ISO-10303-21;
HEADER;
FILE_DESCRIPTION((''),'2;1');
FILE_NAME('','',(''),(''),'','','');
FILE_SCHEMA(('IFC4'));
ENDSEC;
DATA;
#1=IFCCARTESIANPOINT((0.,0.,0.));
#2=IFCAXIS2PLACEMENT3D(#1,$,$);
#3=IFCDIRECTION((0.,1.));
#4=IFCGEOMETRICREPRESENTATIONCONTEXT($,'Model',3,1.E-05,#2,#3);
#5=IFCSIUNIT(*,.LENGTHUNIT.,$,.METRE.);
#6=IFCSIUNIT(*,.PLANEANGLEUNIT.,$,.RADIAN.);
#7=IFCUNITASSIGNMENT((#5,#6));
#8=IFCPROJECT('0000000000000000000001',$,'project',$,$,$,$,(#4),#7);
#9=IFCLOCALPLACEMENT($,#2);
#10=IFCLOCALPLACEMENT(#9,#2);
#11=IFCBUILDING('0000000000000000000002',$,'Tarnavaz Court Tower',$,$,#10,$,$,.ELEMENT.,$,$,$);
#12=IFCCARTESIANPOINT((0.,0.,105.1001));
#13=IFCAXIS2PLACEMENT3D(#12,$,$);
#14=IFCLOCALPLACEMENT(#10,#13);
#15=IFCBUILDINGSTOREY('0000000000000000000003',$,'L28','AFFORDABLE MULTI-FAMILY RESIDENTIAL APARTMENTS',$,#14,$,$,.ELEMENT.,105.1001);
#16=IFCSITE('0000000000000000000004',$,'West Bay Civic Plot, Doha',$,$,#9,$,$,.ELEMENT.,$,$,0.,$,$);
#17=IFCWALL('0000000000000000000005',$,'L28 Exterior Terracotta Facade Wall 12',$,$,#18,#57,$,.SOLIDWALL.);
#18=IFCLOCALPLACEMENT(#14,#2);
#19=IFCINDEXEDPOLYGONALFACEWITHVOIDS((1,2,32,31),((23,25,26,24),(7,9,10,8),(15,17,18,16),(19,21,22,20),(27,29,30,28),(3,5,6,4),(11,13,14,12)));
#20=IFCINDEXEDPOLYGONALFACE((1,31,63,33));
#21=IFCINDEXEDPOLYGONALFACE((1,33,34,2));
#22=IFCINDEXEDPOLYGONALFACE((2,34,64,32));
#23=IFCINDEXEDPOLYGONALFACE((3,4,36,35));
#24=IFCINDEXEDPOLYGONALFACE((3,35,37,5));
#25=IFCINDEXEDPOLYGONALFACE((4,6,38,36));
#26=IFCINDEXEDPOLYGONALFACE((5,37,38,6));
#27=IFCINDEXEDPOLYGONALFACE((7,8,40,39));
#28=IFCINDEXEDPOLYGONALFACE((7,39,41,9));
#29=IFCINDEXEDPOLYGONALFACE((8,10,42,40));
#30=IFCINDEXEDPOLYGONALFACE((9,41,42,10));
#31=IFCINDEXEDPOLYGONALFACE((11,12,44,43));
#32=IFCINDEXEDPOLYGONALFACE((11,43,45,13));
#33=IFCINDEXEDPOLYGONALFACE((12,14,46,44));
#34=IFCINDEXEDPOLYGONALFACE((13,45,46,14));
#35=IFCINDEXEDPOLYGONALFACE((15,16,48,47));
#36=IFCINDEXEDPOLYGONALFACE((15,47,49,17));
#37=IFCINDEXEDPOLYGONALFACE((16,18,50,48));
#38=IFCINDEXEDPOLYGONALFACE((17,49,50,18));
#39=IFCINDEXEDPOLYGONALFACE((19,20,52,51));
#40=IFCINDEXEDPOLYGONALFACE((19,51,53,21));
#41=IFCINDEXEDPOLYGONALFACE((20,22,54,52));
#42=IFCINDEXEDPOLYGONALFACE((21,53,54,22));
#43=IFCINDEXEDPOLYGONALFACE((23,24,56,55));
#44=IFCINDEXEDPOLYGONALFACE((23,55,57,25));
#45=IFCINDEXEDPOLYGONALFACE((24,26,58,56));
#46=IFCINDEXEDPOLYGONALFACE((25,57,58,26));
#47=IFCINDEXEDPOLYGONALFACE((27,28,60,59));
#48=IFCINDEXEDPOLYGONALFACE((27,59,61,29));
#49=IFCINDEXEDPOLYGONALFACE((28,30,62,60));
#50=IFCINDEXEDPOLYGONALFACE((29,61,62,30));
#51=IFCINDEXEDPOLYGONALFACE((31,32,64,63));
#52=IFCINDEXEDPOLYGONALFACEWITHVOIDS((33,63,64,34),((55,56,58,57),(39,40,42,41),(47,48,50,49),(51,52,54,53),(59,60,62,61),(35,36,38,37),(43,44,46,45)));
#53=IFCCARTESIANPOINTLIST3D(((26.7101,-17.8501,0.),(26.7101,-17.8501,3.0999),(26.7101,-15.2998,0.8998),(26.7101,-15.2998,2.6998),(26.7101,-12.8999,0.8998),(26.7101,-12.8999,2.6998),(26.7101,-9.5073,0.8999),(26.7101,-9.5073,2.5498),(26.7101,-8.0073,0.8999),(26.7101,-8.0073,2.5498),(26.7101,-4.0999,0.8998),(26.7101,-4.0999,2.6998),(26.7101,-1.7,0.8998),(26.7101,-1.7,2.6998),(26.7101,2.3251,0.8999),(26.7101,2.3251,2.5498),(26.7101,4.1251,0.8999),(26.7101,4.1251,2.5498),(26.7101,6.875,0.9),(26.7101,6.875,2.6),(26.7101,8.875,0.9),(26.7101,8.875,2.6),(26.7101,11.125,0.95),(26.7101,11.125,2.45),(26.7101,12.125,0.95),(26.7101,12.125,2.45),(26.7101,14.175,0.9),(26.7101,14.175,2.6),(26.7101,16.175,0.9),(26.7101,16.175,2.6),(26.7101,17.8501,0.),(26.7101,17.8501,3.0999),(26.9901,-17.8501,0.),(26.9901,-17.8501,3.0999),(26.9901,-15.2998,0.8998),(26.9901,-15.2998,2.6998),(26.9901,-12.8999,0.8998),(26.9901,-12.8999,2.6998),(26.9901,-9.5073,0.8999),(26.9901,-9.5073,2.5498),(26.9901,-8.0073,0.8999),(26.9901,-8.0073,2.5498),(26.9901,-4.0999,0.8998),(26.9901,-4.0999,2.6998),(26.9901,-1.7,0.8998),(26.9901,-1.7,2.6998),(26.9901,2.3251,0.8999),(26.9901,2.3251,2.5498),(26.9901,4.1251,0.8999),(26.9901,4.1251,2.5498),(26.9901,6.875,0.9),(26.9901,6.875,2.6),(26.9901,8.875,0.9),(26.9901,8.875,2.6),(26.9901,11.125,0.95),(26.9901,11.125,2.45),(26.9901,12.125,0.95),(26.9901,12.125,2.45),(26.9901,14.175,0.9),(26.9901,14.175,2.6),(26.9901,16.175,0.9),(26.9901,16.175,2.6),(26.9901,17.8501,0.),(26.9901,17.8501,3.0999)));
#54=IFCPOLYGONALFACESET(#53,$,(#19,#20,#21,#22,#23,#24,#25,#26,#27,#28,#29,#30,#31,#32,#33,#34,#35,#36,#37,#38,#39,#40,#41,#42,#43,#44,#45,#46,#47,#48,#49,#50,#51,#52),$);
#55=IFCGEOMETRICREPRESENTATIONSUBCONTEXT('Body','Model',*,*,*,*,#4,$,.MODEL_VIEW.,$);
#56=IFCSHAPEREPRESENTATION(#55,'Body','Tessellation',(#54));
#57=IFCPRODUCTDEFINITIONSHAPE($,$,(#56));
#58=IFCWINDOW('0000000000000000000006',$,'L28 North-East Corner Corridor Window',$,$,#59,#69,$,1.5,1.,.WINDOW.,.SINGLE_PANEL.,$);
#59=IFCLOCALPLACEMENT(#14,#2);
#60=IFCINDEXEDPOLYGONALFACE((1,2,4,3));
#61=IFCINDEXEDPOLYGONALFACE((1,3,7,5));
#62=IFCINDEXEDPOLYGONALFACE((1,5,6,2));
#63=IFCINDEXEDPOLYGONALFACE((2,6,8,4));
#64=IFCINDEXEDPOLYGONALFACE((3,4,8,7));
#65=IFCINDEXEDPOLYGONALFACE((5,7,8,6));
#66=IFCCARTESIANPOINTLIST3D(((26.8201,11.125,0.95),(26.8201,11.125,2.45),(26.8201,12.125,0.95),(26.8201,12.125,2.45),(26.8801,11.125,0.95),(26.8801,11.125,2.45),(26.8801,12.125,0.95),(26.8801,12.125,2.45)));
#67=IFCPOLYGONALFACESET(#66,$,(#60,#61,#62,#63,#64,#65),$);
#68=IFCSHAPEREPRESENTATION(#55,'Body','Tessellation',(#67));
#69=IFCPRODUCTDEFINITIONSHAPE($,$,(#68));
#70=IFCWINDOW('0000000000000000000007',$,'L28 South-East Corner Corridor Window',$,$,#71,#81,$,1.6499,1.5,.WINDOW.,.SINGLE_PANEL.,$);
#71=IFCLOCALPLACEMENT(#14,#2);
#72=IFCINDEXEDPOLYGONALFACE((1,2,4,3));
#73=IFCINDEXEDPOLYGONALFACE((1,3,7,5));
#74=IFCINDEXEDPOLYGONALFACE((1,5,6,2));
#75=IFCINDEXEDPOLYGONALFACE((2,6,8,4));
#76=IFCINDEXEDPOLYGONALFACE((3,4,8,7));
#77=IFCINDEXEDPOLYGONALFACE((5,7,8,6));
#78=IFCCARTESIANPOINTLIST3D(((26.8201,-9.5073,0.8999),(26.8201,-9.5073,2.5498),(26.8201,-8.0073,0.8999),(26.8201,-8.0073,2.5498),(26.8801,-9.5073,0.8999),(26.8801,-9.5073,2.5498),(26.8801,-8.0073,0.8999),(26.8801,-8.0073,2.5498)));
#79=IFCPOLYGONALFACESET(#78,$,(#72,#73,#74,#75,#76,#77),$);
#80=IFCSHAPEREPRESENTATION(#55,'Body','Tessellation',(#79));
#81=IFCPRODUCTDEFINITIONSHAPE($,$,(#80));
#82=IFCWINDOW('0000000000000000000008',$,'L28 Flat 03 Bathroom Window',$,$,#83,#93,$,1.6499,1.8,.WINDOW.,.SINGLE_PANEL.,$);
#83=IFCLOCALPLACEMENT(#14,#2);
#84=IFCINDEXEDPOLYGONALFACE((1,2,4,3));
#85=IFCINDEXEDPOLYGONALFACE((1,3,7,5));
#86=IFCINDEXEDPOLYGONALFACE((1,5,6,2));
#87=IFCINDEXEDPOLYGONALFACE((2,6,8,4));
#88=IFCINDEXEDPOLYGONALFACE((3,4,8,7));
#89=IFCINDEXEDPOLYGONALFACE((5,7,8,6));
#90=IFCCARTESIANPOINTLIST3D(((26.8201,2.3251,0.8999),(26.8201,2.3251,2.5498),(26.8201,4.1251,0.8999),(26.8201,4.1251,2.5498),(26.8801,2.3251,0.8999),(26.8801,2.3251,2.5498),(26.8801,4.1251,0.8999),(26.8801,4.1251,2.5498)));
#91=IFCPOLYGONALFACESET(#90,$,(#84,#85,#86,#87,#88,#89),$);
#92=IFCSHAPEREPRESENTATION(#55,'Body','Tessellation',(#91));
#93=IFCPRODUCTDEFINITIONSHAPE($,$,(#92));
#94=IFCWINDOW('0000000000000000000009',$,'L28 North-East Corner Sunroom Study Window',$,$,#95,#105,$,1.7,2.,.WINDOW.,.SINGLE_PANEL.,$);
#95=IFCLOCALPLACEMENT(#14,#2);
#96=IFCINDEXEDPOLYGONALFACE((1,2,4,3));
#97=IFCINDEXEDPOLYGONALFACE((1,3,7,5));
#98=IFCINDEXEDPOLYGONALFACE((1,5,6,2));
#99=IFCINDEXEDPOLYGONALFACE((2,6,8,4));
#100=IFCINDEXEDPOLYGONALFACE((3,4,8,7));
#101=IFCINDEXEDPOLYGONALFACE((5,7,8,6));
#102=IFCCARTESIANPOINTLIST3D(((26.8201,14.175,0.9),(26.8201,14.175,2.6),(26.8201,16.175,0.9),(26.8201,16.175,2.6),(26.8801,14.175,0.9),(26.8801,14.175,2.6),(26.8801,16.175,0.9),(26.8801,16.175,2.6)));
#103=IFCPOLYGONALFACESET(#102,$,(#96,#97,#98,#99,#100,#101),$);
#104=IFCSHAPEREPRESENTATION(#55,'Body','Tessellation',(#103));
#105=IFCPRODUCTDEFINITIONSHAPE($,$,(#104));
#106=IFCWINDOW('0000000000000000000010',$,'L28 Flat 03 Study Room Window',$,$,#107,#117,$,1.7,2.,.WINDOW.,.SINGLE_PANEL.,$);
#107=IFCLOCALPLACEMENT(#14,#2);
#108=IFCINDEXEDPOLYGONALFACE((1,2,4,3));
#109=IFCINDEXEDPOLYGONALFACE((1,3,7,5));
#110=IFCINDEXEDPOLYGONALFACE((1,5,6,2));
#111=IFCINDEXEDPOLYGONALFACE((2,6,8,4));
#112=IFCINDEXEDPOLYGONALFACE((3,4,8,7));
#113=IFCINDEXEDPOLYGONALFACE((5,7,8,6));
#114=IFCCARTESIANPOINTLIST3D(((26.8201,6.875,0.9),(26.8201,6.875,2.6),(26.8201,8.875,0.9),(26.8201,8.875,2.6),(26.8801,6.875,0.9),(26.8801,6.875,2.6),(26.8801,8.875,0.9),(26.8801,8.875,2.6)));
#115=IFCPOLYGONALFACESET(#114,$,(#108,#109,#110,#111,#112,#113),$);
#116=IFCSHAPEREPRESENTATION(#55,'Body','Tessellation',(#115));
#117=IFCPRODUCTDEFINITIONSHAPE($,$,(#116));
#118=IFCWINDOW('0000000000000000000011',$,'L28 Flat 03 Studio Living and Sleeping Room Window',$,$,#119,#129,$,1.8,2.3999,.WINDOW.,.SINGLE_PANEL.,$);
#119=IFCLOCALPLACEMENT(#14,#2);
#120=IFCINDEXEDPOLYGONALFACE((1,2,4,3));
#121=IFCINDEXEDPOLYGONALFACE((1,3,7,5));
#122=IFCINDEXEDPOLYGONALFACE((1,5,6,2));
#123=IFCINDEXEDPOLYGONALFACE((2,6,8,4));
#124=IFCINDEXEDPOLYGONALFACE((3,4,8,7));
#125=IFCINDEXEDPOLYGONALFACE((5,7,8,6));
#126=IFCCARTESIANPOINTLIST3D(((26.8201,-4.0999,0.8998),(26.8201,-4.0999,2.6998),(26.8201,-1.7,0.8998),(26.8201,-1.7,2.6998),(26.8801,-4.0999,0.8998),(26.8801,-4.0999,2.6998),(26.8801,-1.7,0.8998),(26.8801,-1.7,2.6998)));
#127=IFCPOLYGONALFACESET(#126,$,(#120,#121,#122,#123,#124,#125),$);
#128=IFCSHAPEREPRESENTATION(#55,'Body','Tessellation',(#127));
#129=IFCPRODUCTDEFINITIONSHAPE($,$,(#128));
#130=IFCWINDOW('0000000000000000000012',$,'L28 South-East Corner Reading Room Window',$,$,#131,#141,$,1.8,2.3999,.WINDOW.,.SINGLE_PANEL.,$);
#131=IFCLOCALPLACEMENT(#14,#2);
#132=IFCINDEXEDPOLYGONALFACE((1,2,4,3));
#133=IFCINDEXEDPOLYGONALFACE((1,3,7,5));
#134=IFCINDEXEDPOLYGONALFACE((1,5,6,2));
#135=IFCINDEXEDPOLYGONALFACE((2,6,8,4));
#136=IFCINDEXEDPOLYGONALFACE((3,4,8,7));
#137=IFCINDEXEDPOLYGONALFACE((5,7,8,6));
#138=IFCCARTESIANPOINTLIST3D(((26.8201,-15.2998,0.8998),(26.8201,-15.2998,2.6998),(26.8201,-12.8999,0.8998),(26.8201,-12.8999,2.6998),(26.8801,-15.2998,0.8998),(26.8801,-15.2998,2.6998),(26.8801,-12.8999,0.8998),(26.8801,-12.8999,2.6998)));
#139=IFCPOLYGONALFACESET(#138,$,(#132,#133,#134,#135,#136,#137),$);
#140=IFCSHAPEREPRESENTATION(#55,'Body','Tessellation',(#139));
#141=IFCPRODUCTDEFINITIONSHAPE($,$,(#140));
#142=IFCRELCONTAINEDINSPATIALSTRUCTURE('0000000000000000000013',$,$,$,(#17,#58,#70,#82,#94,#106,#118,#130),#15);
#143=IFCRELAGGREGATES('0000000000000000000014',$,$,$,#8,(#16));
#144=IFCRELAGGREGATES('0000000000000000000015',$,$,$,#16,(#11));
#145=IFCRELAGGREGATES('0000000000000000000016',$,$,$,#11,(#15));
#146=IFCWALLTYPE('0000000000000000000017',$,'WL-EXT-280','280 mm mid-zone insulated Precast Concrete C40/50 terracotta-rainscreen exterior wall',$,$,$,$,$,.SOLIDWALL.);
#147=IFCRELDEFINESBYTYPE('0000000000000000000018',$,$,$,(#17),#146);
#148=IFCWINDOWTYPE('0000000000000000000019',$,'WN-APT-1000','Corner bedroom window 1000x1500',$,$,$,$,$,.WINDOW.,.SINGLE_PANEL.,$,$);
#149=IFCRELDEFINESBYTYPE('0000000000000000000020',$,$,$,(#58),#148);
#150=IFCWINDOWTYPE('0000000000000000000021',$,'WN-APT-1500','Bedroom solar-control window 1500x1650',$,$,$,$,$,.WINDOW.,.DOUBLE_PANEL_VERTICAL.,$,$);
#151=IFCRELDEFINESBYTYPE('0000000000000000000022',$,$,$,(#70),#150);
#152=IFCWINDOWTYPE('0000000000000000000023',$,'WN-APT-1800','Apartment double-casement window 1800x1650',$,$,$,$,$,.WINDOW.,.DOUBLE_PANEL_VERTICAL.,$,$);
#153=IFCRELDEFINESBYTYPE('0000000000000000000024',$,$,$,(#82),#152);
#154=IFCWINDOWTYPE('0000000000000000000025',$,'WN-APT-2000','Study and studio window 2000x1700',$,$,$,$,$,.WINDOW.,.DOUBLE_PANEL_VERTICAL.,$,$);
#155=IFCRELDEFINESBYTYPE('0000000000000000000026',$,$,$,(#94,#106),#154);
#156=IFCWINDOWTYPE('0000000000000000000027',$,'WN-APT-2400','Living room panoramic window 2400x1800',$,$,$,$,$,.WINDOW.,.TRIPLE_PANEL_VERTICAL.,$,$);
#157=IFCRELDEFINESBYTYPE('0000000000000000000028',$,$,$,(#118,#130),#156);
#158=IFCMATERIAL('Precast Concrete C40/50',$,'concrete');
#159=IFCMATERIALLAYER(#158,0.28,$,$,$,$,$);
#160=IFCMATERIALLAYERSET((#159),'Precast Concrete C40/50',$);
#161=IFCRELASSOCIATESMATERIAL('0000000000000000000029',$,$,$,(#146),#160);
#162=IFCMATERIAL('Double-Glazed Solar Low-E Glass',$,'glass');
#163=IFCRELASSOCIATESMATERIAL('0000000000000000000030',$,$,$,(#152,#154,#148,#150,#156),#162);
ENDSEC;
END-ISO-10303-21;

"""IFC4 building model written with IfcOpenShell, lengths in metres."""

from ifc_helpers import new_model, si_unit, direction, frame, frame_2d, origin, place, context, subcontext, project, spatial, rectangle, extrude, material, layer, layer_set, type_object, element, fill, save


model = new_model("IFC4")

# Units and contexts
model_context = context("Model", 3, precision=1e-05, world=origin(), true_north=direction((0.0, 1.0)))
body_context = subcontext(model_context, "Body", "Model", "MODEL_VIEW")
ifc_project = project(units=[si_unit("LENGTHUNIT", "METRE"), si_unit("PLANEANGLEUNIT", "RADIAN")], contexts=[model_context])

# Site, building, storey
site_placement = place(None, origin())
site = spatial("IfcSite", under=ifc_project, at=site_placement, Name="West Bay Civic Plot, Doha", CompositionType="ELEMENT", RefElevation=0.0)
building_placement = place(site_placement, origin())
building = spatial("IfcBuilding", under=site, at=building_placement, Name="Tarnavaz Court Tower", CompositionType="ELEMENT")
storey_placement = place(building_placement, frame((0.0, 0.0, 105.1001)))
storey = spatial("IfcBuildingStorey", under=building, at=storey_placement, Name="L28", Description="AFFORDABLE MULTI-FAMILY RESIDENTIAL APARTMENTS", CompositionType="ELEMENT", Elevation=105.1001)

# Shared definitions
ifc_material_1 = material(Name="Precast Concrete C40/50", Category="concrete")
ifc_layer_1 = layer(ifc_material_1, 0.28)
ifc_layer_set_1 = layer_set([ifc_layer_1], Name="Precast Concrete C40/50")
wall_type_1 = type_object("IfcWallType", Name="WL-EXT-280", Description="280 mm mid-zone insulated Precast Concrete C40/50 terracotta-rainscreen exterior wall", PredefinedType="SOLIDWALL", material=ifc_layer_set_1)
ifc_material_2 = material(Name="Double-Glazed Solar Low-E Glass", Category="glass")
window_type_1 = type_object("IfcWindowType", Name="WN-APT-1800", Description="Apartment double-casement window 1800x1650", PartitioningType="DOUBLE_PANEL_VERTICAL", PredefinedType="WINDOW", material=ifc_material_2)
window_type_2 = type_object("IfcWindowType", Name="WN-APT-2000", Description="Study and studio window 2000x1700", PartitioningType="DOUBLE_PANEL_VERTICAL", PredefinedType="WINDOW", material=ifc_material_2)

# Wall, openings, windows
wall_1_placement = place(storey_placement, frame((26.8501, 17.8501, 0.0), z_axis=(0.0, 0.0, 1.0), x_axis=(0.0, -1.0, 0.0)))
wall_1 = element("IfcWall", 1, at=wall_1_placement, inside=storey, type_object=wall_type_1, Name="L28 Exterior Terracotta Facade Wall 12", PredefinedType="SOLIDWALL", context=body_context, shape_type="SweptSolid", body=[
    extrude(rectangle(XDim=35.7002, YDim=0.28, at=frame_2d((17.8501, 0.0))), origin(), (0.0, 0.0, 1.0), 3.0999),
])
opening_1_placement = place(wall_1_placement, frame((1.675, 0.0, 0.8999)))
opening_1 = element("IfcOpeningElement", 2, at=opening_1_placement, cuts=wall_1, PredefinedType="OPENING", context=body_context, shape_type="SweptSolid", body=[
    extrude(rectangle(XDim=2.0, YDim=1.7, at=frame_2d((1.0, 0.8501))), frame((0.0, 0.1499, 0.0), z_axis=(0.0, -1.0, 0.0), x_axis=(1.0, 0.0, 0.0)), (0.0, 0.0, 1.0), 0.3),
])
opening_2_placement = place(wall_1_placement, frame((5.7251, 0.0, 0.95)))
opening_2 = element("IfcOpeningElement", 3, at=opening_2_placement, cuts=wall_1, PredefinedType="OPENING", context=body_context, shape_type="SweptSolid", body=[
    extrude(rectangle(XDim=1.0, YDim=1.5, at=frame_2d((0.5, 0.75))), frame((0.0, 0.1499, 0.0), z_axis=(0.0, -1.0, 0.0), x_axis=(1.0, 0.0, 0.0)), (0.0, 0.0, 1.0), 0.3),
])
opening_3_placement = place(wall_1_placement, frame((8.9751, 0.0, 0.8999)))
opening_3 = element("IfcOpeningElement", 4, at=opening_3_placement, cuts=wall_1, PredefinedType="OPENING", context=body_context, shape_type="SweptSolid", body=[
    extrude(rectangle(XDim=2.0, YDim=1.7, at=frame_2d((1.0, 0.8501))), frame((0.0, 0.1499, 0.0), z_axis=(0.0, -1.0, 0.0), x_axis=(1.0, 0.0, 0.0)), (0.0, 0.0, 1.0), 0.3),
])
opening_4_placement = place(wall_1_placement, frame((13.7251, 0.0, 0.8999)))
opening_4 = element("IfcOpeningElement", 5, at=opening_4_placement, cuts=wall_1, PredefinedType="OPENING", context=body_context, shape_type="SweptSolid", body=[
    extrude(rectangle(XDim=1.8, YDim=1.6499, at=frame_2d((0.8999, 0.825))), frame((0.0, 0.1499, 0.0), z_axis=(0.0, -1.0, 0.0), x_axis=(1.0, 0.0, 0.0)), (0.0, 0.0, 1.0), 0.3),
])
opening_5_placement = place(wall_1_placement, frame((19.55, 0.0, 0.8999)))
opening_5 = element("IfcOpeningElement", 6, at=opening_5_placement, cuts=wall_1, PredefinedType="OPENING", context=body_context, shape_type="SweptSolid", body=[
    extrude(rectangle(XDim=2.3999, YDim=1.8, at=frame_2d((1.2, 0.8999))), frame((0.0, 0.1499, 0.0), z_axis=(0.0, -1.0, 0.0), x_axis=(1.0, 0.0, 0.0)), (0.0, 0.0, 1.0), 0.3),
])
opening_6_placement = place(wall_1_placement, frame((25.8574, 0.0, 0.8999)))
opening_6 = element("IfcOpeningElement", 7, at=opening_6_placement, cuts=wall_1, PredefinedType="OPENING", context=body_context, shape_type="SweptSolid", body=[
    extrude(rectangle(XDim=1.5, YDim=1.6499, at=frame_2d((0.75, 0.825))), frame((0.0, 0.1499, 0.0), z_axis=(0.0, -1.0, 0.0), x_axis=(1.0, 0.0, 0.0)), (0.0, 0.0, 1.0), 0.3),
])
opening_7_placement = place(wall_1_placement, frame((30.75, 0.0, 0.8999)))
opening_7 = element("IfcOpeningElement", 8, at=opening_7_placement, cuts=wall_1, PredefinedType="OPENING", context=body_context, shape_type="SweptSolid", body=[
    extrude(rectangle(XDim=2.3999, YDim=1.8, at=frame_2d((1.2, 0.8999))), frame((0.0, 0.1499, 0.0), z_axis=(0.0, -1.0, 0.0), x_axis=(1.0, 0.0, 0.0)), (0.0, 0.0, 1.0), 0.3),
])
window_type_3 = type_object("IfcWindowType", Name="WN-APT-1000", Description="Corner bedroom window 1000x1500", PartitioningType="SINGLE_PANEL", PredefinedType="WINDOW", material=ifc_material_2)
window_1_placement = place(opening_2_placement, origin())
window_1 = element("IfcWindow", 9, at=window_1_placement, inside=storey, type_object=window_type_3, Name="L28 North-East Corner Corridor Window", OverallHeight=1.5, OverallWidth=1.0, PartitioningType="SINGLE_PANEL", PredefinedType="WINDOW", context=body_context, shape_type="SweptSolid", body=[
    extrude(rectangle(XDim=1.0, YDim=1.5, at=frame_2d((0.5, 0.75))), frame((0.0, 0.03, 0.0), z_axis=(0.0, -1.0, 0.0), x_axis=(1.0, 0.0, 0.0)), (0.0, 0.0, 1.0), 0.0601),
])
fill(opening_2, window_1)
window_type_4 = type_object("IfcWindowType", Name="WN-APT-1500", Description="Bedroom solar-control window 1500x1650", PartitioningType="DOUBLE_PANEL_VERTICAL", PredefinedType="WINDOW", material=ifc_material_2)
window_2_placement = place(opening_6_placement, origin())
window_2 = element("IfcWindow", 10, at=window_2_placement, inside=storey, type_object=window_type_4, Name="L28 South-East Corner Corridor Window", OverallHeight=1.6499, OverallWidth=1.5, PartitioningType="SINGLE_PANEL", PredefinedType="WINDOW", context=body_context, shape_type="SweptSolid", body=[
    extrude(rectangle(XDim=1.5, YDim=1.6499, at=frame_2d((0.75, 0.825))), frame((0.0, 0.03, 0.0), z_axis=(0.0, -1.0, 0.0), x_axis=(1.0, 0.0, 0.0)), (0.0, 0.0, 1.0), 0.0601),
])
fill(opening_6, window_2)
window_3_placement = place(opening_4_placement, origin())
window_3 = element("IfcWindow", 11, at=window_3_placement, inside=storey, type_object=window_type_1, Name="L28 Flat 03 Bathroom Window", OverallHeight=1.6499, OverallWidth=1.8, PartitioningType="SINGLE_PANEL", PredefinedType="WINDOW", context=body_context, shape_type="SweptSolid", body=[
    extrude(rectangle(XDim=1.8, YDim=1.6499, at=frame_2d((0.8999, 0.825))), frame((0.0, 0.03, 0.0), z_axis=(0.0, -1.0, 0.0), x_axis=(1.0, 0.0, 0.0)), (0.0, 0.0, 1.0), 0.0601),
])
fill(opening_4, window_3)
window_4_placement = place(opening_1_placement, origin())
window_4 = element("IfcWindow", 12, at=window_4_placement, inside=storey, type_object=window_type_2, Name="L28 North-East Corner Sunroom Study Window", OverallHeight=1.7, OverallWidth=2.0, PartitioningType="SINGLE_PANEL", PredefinedType="WINDOW", context=body_context, shape_type="SweptSolid", body=[
    extrude(rectangle(XDim=2.0, YDim=1.7, at=frame_2d((1.0, 0.8501))), frame((0.0, 0.03, 0.0), z_axis=(0.0, -1.0, 0.0), x_axis=(1.0, 0.0, 0.0)), (0.0, 0.0, 1.0), 0.0601),
])
fill(opening_1, window_4)
window_5_placement = place(opening_3_placement, origin())
window_5 = element("IfcWindow", 13, at=window_5_placement, inside=storey, type_object=window_type_2, Name="L28 Flat 03 Study Room Window", OverallHeight=1.7, OverallWidth=2.0, PartitioningType="SINGLE_PANEL", PredefinedType="WINDOW", context=body_context, shape_type="SweptSolid", body=[
    extrude(rectangle(XDim=2.0, YDim=1.7, at=frame_2d((1.0, 0.8501))), frame((0.0, 0.03, 0.0), z_axis=(0.0, -1.0, 0.0), x_axis=(1.0, 0.0, 0.0)), (0.0, 0.0, 1.0), 0.0601),
])
fill(opening_3, window_5)
window_type_5 = type_object("IfcWindowType", Name="WN-APT-2400", Description="Living room panoramic window 2400x1800", PartitioningType="TRIPLE_PANEL_VERTICAL", PredefinedType="WINDOW", material=ifc_material_2)
window_6_placement = place(opening_5_placement, origin())
window_6 = element("IfcWindow", 14, at=window_6_placement, inside=storey, type_object=window_type_5, Name="L28 Flat 03 Studio Living and Sleeping Room Window", OverallHeight=1.8, OverallWidth=2.3999, PartitioningType="SINGLE_PANEL", PredefinedType="WINDOW", context=body_context, shape_type="SweptSolid", body=[
    extrude(rectangle(XDim=2.3999, YDim=1.8, at=frame_2d((1.2, 0.8999))), frame((0.0, 0.03, 0.0), z_axis=(0.0, -1.0, 0.0), x_axis=(1.0, 0.0, 0.0)), (0.0, 0.0, 1.0), 0.0601),
])
fill(opening_5, window_6)
window_7_placement = place(opening_7_placement, origin())
window_7 = element("IfcWindow", 15, at=window_7_placement, inside=storey, type_object=window_type_5, Name="L28 South-East Corner Reading Room Window", OverallHeight=1.8, OverallWidth=2.3999, PartitioningType="SINGLE_PANEL", PredefinedType="WINDOW", context=body_context, shape_type="SweptSolid", body=[
    extrude(rectangle(XDim=2.3999, YDim=1.8, at=frame_2d((1.2, 0.8999))), frame((0.0, 0.03, 0.0), z_axis=(0.0, -1.0, 0.0), x_axis=(1.0, 0.0, 0.0)), (0.0, 0.0, 1.0), 0.0601),
])
fill(opening_7, window_7)

save(model, "model.ifc")
